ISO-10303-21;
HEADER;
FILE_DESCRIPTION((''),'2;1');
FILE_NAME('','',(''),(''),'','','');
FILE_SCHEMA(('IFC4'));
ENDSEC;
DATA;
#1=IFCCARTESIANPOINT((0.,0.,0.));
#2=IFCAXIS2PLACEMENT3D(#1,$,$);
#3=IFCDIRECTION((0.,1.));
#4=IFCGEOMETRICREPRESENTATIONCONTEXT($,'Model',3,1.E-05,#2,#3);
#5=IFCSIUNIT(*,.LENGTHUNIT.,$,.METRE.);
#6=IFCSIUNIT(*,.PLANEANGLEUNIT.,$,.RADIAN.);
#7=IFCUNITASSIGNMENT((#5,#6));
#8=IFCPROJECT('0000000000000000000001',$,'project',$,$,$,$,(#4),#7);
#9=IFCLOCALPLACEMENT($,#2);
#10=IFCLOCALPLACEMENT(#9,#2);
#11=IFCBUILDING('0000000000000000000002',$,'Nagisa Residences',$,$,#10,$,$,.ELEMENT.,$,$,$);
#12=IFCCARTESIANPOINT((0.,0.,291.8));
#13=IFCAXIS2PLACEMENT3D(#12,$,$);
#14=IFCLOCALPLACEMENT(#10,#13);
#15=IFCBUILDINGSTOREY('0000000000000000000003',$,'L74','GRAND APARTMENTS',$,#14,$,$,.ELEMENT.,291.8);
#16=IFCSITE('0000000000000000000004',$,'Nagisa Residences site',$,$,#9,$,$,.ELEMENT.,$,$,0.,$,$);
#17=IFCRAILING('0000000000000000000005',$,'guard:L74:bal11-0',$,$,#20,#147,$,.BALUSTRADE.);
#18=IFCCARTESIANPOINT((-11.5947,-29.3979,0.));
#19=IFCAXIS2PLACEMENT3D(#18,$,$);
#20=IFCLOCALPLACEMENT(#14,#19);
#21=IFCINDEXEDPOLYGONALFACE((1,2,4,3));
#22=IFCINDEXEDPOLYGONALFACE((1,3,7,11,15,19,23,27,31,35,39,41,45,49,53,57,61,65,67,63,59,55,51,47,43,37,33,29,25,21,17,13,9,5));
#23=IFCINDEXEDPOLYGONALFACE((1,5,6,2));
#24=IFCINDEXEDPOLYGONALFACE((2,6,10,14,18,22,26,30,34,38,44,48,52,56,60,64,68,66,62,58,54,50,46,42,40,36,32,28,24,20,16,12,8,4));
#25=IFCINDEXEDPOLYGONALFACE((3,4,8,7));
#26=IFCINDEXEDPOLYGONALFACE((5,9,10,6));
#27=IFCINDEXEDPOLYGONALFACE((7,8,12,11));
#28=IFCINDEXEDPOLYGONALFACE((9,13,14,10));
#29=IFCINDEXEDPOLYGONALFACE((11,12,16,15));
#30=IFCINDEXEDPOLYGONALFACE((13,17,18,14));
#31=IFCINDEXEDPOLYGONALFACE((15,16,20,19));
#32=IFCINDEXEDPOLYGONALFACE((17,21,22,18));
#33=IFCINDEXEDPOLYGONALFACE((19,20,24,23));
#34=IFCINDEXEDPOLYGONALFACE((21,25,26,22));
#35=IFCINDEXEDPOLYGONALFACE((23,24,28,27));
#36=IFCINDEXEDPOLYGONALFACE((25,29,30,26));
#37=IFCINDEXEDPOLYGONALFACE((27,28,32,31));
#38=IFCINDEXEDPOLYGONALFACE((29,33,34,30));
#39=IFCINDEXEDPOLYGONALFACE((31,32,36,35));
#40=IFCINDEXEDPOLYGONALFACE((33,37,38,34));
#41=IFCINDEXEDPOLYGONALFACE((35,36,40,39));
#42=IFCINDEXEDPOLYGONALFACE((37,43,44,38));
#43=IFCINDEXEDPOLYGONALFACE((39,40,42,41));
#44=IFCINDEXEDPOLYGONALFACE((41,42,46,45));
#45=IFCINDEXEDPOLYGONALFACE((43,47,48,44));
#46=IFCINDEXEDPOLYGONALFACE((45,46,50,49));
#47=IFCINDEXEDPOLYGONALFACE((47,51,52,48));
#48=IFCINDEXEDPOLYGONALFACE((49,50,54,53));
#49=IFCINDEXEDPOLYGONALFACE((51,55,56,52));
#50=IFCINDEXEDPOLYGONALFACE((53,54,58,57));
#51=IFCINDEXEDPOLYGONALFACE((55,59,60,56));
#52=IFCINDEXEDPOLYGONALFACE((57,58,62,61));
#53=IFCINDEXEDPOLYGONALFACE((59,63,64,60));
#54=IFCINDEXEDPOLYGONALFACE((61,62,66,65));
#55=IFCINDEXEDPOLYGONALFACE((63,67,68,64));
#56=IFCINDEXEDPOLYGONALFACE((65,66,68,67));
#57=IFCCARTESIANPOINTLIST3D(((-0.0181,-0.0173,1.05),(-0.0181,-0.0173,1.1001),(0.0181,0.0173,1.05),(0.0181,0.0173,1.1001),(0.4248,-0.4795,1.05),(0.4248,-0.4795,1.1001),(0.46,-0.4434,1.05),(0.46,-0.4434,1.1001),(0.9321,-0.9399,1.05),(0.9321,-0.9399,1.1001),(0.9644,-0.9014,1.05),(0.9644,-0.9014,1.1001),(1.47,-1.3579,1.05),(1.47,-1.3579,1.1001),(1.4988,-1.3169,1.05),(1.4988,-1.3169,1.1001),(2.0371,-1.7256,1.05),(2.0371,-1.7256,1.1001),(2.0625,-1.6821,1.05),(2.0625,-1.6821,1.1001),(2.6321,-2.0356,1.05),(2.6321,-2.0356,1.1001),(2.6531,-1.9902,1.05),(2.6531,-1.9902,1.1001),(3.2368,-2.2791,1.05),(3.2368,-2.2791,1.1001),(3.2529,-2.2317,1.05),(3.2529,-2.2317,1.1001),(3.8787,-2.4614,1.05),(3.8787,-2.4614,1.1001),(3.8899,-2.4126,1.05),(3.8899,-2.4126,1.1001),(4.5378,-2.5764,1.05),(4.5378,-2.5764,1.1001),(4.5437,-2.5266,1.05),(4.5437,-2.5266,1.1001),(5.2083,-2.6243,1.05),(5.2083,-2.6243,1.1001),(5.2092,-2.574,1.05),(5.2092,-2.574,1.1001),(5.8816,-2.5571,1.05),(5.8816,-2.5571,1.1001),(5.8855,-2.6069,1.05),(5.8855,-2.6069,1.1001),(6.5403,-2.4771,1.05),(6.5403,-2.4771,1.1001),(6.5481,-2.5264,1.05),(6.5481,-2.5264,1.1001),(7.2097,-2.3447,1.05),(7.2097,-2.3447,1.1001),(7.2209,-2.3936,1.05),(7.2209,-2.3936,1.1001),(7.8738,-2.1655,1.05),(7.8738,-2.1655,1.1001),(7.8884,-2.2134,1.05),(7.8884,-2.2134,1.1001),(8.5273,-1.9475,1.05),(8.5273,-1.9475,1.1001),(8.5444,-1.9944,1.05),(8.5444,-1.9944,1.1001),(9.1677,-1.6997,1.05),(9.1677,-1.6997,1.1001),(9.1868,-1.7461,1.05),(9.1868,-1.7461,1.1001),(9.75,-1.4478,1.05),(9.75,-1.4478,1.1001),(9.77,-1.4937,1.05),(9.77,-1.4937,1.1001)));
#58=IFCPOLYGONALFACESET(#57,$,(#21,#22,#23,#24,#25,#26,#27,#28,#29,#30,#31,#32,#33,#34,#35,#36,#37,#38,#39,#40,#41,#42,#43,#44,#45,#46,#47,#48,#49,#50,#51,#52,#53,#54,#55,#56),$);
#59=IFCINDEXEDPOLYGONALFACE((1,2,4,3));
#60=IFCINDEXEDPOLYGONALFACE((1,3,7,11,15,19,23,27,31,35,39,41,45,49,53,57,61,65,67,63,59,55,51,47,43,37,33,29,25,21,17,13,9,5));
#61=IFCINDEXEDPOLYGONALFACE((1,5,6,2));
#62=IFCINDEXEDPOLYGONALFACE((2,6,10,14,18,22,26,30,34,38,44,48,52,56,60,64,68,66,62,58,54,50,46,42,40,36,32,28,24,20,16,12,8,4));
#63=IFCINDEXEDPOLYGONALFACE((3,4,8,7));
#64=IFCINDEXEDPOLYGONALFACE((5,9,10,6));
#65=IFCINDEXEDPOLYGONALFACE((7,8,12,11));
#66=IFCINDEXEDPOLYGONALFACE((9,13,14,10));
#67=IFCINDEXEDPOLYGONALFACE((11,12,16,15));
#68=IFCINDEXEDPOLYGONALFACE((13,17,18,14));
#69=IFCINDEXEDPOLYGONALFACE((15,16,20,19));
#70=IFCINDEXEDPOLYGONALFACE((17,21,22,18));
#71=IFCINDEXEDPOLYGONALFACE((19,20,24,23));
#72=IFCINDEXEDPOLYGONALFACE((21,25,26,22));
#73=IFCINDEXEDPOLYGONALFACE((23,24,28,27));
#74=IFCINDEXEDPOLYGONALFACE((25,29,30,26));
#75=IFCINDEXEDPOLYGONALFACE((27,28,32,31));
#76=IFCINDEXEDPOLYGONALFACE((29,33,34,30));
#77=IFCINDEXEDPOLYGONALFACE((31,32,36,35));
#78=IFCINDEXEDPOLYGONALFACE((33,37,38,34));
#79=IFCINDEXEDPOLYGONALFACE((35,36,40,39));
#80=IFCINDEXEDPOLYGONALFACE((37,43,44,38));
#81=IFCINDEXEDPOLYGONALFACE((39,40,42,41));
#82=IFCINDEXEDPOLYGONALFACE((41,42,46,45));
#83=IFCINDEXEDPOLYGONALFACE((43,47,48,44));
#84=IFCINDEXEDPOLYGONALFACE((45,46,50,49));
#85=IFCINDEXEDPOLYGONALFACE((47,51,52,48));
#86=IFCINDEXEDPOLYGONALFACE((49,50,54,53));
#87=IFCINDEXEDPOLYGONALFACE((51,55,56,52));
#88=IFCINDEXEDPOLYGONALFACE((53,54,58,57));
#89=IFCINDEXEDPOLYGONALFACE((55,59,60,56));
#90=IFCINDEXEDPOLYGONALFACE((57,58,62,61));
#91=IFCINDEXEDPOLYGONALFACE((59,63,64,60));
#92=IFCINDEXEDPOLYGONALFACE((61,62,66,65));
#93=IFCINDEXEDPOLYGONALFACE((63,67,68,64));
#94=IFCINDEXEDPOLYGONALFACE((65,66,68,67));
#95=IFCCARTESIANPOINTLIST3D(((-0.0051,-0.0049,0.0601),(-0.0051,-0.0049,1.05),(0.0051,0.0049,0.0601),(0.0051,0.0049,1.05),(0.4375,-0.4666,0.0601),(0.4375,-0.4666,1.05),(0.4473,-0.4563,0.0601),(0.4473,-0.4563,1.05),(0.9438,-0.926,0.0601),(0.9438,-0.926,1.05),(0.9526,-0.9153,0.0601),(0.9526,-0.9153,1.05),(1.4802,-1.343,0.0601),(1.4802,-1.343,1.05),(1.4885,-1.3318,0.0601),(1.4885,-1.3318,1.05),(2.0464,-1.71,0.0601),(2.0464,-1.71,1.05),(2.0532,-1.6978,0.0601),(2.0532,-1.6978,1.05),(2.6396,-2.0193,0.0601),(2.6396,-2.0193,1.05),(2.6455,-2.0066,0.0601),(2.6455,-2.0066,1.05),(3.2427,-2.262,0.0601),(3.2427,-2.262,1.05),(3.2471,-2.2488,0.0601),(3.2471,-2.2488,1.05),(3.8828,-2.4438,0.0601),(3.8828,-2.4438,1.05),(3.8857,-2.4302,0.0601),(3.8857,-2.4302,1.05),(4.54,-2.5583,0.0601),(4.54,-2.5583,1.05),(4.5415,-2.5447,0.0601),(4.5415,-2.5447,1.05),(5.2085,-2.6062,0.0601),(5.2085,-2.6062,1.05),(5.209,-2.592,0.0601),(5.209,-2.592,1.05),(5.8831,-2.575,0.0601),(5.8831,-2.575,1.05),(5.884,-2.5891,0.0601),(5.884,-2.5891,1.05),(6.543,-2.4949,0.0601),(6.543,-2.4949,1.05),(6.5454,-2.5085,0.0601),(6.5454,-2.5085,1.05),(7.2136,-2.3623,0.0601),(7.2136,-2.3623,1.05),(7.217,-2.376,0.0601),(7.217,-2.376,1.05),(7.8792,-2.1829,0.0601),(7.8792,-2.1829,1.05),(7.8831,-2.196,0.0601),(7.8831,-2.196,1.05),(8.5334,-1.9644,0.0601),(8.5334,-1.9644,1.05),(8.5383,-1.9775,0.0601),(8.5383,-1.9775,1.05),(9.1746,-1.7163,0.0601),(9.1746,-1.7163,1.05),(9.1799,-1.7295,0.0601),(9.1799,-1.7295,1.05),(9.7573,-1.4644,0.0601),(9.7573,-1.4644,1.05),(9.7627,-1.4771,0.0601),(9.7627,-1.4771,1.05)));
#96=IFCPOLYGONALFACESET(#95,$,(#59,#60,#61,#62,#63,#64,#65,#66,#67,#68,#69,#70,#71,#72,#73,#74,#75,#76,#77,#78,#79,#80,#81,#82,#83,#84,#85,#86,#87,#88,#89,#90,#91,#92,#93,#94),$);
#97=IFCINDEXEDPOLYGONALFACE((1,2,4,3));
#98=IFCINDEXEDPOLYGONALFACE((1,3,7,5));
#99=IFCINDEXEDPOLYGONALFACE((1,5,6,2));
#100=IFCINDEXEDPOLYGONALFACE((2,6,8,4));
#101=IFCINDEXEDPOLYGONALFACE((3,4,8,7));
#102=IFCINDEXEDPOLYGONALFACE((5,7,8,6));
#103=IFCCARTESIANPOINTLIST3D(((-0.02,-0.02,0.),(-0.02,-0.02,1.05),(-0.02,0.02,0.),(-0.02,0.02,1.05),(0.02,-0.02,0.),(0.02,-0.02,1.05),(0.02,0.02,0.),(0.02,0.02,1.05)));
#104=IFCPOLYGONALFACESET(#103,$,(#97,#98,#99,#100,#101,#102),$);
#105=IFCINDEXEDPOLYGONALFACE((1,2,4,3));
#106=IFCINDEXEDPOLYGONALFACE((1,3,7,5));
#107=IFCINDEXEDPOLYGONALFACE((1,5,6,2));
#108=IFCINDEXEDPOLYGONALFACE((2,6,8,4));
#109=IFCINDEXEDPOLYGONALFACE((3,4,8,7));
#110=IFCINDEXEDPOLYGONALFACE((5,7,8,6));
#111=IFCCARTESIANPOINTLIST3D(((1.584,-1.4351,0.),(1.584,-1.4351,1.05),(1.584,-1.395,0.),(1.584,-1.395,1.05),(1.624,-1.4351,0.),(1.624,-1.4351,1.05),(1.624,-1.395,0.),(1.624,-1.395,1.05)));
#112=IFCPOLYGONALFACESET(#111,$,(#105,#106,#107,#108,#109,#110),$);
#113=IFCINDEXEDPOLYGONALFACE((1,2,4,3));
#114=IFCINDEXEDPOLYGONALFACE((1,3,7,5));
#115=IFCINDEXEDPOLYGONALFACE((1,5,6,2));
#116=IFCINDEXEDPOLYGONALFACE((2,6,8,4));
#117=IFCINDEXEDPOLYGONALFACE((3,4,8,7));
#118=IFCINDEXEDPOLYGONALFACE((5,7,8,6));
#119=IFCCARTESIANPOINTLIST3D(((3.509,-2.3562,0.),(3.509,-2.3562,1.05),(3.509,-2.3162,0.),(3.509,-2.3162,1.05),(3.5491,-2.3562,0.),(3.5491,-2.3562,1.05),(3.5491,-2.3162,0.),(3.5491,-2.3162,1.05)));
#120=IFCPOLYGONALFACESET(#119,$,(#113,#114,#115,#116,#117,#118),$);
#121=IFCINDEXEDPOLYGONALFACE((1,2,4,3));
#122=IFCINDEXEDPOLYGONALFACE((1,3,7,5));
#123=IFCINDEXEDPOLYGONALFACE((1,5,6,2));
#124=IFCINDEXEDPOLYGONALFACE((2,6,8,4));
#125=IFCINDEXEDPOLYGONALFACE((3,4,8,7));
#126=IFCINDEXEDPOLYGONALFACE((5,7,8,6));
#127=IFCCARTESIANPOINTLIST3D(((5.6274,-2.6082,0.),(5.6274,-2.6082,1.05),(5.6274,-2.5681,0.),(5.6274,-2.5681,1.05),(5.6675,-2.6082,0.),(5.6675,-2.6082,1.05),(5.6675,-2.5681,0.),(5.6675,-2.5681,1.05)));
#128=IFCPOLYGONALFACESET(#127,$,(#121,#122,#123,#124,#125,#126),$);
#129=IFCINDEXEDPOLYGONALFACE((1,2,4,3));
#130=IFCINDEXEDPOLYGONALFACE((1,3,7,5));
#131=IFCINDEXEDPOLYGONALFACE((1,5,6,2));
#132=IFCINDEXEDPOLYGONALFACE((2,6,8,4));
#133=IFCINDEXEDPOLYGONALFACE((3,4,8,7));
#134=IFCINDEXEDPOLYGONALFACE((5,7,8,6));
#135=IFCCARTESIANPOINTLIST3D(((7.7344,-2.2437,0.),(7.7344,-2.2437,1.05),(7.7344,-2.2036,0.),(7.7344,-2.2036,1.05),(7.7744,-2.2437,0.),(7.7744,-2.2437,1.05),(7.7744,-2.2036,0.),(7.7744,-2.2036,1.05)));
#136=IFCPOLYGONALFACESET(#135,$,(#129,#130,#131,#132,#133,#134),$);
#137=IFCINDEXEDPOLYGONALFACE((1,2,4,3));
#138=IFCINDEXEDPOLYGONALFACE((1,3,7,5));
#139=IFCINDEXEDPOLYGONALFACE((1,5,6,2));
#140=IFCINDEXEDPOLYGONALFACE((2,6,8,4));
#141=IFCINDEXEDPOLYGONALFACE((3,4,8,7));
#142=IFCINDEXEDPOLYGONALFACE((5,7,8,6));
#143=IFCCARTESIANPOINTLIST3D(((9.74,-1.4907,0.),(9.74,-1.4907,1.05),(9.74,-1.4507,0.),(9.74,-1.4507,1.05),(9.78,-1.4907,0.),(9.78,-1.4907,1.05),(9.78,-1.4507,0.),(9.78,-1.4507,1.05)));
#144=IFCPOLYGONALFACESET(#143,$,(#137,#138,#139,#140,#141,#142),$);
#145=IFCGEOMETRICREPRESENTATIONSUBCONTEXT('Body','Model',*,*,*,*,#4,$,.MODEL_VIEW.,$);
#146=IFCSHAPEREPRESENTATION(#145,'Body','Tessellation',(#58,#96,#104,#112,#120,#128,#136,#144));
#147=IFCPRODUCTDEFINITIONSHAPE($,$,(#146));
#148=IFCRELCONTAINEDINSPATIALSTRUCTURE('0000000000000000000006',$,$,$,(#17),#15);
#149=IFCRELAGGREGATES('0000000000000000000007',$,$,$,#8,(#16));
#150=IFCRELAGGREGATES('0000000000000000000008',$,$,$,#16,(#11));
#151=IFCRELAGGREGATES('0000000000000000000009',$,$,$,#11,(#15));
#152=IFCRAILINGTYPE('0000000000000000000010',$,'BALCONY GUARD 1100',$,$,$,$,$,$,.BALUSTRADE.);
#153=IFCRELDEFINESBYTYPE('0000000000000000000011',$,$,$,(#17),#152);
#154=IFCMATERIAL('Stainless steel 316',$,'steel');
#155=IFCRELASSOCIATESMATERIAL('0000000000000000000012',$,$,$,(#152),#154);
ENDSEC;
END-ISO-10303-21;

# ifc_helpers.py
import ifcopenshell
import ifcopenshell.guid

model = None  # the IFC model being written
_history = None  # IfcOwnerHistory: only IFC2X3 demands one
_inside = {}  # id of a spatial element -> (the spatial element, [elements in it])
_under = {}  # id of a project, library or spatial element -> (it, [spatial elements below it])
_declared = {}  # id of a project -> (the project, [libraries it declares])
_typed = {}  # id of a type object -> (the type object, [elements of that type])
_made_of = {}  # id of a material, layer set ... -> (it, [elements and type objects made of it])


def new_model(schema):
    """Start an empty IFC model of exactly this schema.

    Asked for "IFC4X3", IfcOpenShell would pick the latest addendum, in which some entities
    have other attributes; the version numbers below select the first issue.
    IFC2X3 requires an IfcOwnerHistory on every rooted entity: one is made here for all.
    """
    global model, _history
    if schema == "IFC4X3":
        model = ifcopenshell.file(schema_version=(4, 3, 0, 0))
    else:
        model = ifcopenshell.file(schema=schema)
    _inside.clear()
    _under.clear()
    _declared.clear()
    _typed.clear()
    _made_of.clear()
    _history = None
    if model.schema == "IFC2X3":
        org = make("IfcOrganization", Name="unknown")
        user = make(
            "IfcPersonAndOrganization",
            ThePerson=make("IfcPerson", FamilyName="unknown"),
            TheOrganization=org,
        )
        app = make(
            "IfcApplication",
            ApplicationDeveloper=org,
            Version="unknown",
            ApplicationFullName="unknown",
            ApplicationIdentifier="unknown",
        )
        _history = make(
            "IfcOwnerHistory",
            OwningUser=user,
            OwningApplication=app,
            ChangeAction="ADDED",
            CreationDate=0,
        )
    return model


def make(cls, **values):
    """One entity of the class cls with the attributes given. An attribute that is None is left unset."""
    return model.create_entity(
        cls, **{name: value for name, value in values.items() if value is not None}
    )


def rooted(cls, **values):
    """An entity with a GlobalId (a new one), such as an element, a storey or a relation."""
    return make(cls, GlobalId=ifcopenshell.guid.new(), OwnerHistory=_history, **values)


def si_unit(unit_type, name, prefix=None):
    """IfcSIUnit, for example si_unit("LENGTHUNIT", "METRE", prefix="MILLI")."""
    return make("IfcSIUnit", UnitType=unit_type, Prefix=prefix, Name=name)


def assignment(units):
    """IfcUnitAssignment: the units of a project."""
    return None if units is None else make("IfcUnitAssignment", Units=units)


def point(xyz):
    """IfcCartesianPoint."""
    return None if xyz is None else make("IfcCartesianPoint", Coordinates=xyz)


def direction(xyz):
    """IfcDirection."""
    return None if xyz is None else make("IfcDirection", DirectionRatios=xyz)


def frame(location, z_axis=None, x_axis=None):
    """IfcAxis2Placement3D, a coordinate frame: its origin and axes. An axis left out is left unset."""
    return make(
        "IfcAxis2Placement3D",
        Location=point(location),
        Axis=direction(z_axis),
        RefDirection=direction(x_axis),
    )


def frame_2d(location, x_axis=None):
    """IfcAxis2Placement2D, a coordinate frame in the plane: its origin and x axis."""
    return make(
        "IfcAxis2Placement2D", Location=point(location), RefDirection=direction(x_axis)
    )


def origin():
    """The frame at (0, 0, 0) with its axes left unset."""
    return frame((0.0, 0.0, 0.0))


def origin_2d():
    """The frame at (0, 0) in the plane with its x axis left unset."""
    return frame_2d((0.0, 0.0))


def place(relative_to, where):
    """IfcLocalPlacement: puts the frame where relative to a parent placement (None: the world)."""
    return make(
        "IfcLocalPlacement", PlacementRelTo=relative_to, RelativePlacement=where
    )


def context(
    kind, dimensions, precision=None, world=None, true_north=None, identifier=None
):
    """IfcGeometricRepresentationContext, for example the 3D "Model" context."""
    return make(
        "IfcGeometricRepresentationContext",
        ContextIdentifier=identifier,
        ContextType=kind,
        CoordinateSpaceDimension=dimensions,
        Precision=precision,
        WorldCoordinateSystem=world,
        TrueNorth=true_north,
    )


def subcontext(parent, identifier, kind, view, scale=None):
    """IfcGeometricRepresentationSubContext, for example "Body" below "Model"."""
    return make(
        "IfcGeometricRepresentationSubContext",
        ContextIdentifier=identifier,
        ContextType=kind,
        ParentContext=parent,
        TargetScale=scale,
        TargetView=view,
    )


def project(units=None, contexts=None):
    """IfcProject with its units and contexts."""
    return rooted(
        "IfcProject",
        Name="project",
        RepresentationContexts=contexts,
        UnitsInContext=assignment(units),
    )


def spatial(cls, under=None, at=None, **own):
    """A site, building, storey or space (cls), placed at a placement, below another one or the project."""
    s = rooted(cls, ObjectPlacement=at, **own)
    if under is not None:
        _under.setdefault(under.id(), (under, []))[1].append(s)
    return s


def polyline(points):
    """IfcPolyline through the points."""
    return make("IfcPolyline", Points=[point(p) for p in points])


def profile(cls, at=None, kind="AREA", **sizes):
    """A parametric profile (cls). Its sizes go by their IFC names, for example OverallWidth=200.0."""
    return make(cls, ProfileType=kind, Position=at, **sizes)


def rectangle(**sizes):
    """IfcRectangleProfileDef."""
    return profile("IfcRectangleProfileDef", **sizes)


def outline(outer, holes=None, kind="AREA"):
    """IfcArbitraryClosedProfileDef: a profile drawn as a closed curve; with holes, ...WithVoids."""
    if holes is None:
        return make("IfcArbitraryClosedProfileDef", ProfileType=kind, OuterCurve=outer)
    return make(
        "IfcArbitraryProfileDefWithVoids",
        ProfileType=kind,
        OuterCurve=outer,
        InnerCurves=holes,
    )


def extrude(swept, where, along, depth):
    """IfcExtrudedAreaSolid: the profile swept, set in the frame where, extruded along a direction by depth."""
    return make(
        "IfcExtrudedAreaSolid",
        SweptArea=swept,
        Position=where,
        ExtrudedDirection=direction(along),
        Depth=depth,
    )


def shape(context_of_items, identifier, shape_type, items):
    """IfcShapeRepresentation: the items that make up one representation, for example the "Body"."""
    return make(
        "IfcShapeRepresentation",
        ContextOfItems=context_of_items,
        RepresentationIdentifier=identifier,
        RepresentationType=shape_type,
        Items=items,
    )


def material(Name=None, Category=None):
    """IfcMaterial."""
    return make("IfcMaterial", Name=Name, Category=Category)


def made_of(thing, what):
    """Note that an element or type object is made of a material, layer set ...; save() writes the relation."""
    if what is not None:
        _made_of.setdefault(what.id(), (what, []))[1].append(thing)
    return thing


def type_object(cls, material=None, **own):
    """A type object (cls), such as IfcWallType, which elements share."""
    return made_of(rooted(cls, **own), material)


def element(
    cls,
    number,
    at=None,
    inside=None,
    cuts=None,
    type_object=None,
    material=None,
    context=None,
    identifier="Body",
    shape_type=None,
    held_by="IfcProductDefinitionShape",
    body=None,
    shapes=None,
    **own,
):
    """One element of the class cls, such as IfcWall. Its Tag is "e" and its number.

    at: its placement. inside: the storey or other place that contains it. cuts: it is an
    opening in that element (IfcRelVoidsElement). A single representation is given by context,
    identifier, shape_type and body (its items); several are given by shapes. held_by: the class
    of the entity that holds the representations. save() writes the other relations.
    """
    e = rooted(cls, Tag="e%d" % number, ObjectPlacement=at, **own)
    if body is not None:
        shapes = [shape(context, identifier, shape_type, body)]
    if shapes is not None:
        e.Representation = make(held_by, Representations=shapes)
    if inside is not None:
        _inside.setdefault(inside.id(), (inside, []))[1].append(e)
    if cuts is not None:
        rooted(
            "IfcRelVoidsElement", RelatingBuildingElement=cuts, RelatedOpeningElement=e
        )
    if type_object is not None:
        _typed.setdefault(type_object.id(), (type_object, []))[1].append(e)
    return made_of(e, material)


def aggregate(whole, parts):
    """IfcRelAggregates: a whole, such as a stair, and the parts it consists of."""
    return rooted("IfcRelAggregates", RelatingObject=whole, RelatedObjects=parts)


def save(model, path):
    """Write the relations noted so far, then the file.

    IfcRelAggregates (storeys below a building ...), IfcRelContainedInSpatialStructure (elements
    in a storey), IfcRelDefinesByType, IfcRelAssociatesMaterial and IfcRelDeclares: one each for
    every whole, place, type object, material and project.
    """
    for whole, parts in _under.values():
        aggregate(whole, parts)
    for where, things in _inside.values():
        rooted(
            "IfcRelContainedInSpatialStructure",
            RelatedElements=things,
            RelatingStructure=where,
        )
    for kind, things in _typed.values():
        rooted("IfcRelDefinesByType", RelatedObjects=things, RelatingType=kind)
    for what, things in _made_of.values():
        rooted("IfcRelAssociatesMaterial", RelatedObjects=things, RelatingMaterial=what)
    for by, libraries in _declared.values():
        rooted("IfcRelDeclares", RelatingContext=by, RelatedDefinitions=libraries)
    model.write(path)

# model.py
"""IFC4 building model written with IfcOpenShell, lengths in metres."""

from ifc_helpers import new_model, si_unit, direction, frame, origin, origin_2d, place, context, subcontext, project, spatial, polyline, rectangle, outline, extrude, material, type_object, element, save


model = new_model("IFC4")

# Units and contexts
model_context = context("Model", 3, precision=1e-05, world=origin(), true_north=direction((0.0, 1.0)))
body_context = subcontext(model_context, "Body", "Model", "MODEL_VIEW")
ifc_project = project(units=[si_unit("LENGTHUNIT", "METRE"), si_unit("PLANEANGLEUNIT", "RADIAN")], contexts=[model_context])

# Site, building, storey
site_placement = place(None, origin())
site = spatial("IfcSite", under=ifc_project, at=site_placement, Name="Nagisa Residences site", CompositionType="ELEMENT", RefElevation=0.0)
building_placement = place(site_placement, origin())
building = spatial("IfcBuilding", under=site, at=building_placement, Name="Nagisa Residences", CompositionType="ELEMENT")
storey_placement = place(building_placement, frame((0.0, 0.0, 291.8)))
storey = spatial("IfcBuildingStorey", under=building, at=storey_placement, Name="L74", Description="GRAND APARTMENTS", CompositionType="ELEMENT", Elevation=291.8)

# Railing
ifc_material_1 = material(Name="Stainless steel 316", Category="steel")
railing_type = type_object("IfcRailingType", Name="BALCONY GUARD 1100", PredefinedType="BALUSTRADE", material=ifc_material_1)
railing_1_placement = place(storey_placement, frame((-11.5947, -29.3979, 0.0)))
element("IfcRailing", 1, at=railing_1_placement, inside=storey, type_object=railing_type, Name="guard:L74:bal11-0", PredefinedType="BALUSTRADE", context=body_context, shape_type="SweptSolid", body=[
    extrude(outline(polyline([(0.46, -0.4434), (0.0181, 0.0173), (-0.0181, -0.0173), (0.4248, -0.4795), (0.9321, -0.9399), (1.47, -1.3579), (2.0371, -1.7256), (2.6321, -2.0356), (3.2368, -2.2791), (3.8787, -2.4614), (4.5378, -2.5764), (5.2083, -2.6243), (5.8855, -2.6069), (6.5481, -2.5264), (7.2209, -2.3936), (7.8884, -2.2134), (8.5444, -1.9944), (9.1868, -1.7461), (9.77, -1.4937), (9.75, -1.4478), (9.1677, -1.6997), (8.5273, -1.9475), (7.8738, -2.1655), (7.2097, -2.3447), (6.5403, -2.4771), (5.8816, -2.5571), (5.2092, -2.574), (4.5437, -2.5266), (3.8899, -2.4126), (3.2529, -2.2317), (2.6531, -1.9902), (2.0625, -1.6821), (1.4988, -1.3169), (0.9644, -0.9014), (0.46, -0.4434)])), frame((0.0, 0.0, 1.05)), (0.0, 0.0, 1.0), 0.05),
    extrude(outline(polyline([(0.4473, -0.4563), (0.0051, 0.0049), (-0.0051, -0.0049), (0.4375, -0.4666), (0.9438, -0.926), (1.4802, -1.343), (2.0464, -1.71), (2.6396, -2.0193), (3.2427, -2.262), (3.8828, -2.4438), (4.54, -2.5583), (5.2085, -2.6062), (5.884, -2.5891), (6.5454, -2.5085), (7.217, -2.376), (7.8831, -2.196), (8.5383, -1.9775), (9.1799, -1.7295), (9.7627, -1.4771), (9.7573, -1.4644), (9.1746, -1.7163), (8.5334, -1.9644), (7.8792, -2.1829), (7.2136, -2.3623), (6.543, -2.4949), (5.8831, -2.575), (5.209, -2.592), (4.5415, -2.5447), (3.8857, -2.4302), (3.2471, -2.2488), (2.6455, -2.0066), (2.0532, -1.6978), (1.4885, -1.3318), (0.9526, -0.9153), (0.4473, -0.4563)])), frame((0.0, 0.0, 0.0601)), (0.0, 0.0, 1.0), 0.99),
    extrude(rectangle(XDim=0.04, YDim=0.04, at=origin_2d()), origin(), (0.0, 0.0, 1.0), 1.05),
    extrude(rectangle(XDim=0.04, YDim=0.04, at=origin_2d()), frame((1.604, -1.415, 0.0)), (0.0, 0.0, 1.0), 1.05),
    extrude(rectangle(XDim=0.04, YDim=0.04, at=origin_2d()), frame((3.5291, -2.3362, 0.0)), (0.0, 0.0, 1.0), 1.05),
    extrude(rectangle(XDim=0.04, YDim=0.04, at=origin_2d()), frame((5.6475, -2.5881, 0.0)), (0.0, 0.0, 1.0), 1.05),
    extrude(rectangle(XDim=0.04, YDim=0.04, at=origin_2d()), frame((7.7544, -2.2236, 0.0)), (0.0, 0.0, 1.0), 1.05),
    extrude(rectangle(XDim=0.04, YDim=0.04, at=origin_2d()), frame((9.76, -1.4707, 0.0)), (0.0, 0.0, 1.0), 1.05),
])

save(model, "model.ifc")
